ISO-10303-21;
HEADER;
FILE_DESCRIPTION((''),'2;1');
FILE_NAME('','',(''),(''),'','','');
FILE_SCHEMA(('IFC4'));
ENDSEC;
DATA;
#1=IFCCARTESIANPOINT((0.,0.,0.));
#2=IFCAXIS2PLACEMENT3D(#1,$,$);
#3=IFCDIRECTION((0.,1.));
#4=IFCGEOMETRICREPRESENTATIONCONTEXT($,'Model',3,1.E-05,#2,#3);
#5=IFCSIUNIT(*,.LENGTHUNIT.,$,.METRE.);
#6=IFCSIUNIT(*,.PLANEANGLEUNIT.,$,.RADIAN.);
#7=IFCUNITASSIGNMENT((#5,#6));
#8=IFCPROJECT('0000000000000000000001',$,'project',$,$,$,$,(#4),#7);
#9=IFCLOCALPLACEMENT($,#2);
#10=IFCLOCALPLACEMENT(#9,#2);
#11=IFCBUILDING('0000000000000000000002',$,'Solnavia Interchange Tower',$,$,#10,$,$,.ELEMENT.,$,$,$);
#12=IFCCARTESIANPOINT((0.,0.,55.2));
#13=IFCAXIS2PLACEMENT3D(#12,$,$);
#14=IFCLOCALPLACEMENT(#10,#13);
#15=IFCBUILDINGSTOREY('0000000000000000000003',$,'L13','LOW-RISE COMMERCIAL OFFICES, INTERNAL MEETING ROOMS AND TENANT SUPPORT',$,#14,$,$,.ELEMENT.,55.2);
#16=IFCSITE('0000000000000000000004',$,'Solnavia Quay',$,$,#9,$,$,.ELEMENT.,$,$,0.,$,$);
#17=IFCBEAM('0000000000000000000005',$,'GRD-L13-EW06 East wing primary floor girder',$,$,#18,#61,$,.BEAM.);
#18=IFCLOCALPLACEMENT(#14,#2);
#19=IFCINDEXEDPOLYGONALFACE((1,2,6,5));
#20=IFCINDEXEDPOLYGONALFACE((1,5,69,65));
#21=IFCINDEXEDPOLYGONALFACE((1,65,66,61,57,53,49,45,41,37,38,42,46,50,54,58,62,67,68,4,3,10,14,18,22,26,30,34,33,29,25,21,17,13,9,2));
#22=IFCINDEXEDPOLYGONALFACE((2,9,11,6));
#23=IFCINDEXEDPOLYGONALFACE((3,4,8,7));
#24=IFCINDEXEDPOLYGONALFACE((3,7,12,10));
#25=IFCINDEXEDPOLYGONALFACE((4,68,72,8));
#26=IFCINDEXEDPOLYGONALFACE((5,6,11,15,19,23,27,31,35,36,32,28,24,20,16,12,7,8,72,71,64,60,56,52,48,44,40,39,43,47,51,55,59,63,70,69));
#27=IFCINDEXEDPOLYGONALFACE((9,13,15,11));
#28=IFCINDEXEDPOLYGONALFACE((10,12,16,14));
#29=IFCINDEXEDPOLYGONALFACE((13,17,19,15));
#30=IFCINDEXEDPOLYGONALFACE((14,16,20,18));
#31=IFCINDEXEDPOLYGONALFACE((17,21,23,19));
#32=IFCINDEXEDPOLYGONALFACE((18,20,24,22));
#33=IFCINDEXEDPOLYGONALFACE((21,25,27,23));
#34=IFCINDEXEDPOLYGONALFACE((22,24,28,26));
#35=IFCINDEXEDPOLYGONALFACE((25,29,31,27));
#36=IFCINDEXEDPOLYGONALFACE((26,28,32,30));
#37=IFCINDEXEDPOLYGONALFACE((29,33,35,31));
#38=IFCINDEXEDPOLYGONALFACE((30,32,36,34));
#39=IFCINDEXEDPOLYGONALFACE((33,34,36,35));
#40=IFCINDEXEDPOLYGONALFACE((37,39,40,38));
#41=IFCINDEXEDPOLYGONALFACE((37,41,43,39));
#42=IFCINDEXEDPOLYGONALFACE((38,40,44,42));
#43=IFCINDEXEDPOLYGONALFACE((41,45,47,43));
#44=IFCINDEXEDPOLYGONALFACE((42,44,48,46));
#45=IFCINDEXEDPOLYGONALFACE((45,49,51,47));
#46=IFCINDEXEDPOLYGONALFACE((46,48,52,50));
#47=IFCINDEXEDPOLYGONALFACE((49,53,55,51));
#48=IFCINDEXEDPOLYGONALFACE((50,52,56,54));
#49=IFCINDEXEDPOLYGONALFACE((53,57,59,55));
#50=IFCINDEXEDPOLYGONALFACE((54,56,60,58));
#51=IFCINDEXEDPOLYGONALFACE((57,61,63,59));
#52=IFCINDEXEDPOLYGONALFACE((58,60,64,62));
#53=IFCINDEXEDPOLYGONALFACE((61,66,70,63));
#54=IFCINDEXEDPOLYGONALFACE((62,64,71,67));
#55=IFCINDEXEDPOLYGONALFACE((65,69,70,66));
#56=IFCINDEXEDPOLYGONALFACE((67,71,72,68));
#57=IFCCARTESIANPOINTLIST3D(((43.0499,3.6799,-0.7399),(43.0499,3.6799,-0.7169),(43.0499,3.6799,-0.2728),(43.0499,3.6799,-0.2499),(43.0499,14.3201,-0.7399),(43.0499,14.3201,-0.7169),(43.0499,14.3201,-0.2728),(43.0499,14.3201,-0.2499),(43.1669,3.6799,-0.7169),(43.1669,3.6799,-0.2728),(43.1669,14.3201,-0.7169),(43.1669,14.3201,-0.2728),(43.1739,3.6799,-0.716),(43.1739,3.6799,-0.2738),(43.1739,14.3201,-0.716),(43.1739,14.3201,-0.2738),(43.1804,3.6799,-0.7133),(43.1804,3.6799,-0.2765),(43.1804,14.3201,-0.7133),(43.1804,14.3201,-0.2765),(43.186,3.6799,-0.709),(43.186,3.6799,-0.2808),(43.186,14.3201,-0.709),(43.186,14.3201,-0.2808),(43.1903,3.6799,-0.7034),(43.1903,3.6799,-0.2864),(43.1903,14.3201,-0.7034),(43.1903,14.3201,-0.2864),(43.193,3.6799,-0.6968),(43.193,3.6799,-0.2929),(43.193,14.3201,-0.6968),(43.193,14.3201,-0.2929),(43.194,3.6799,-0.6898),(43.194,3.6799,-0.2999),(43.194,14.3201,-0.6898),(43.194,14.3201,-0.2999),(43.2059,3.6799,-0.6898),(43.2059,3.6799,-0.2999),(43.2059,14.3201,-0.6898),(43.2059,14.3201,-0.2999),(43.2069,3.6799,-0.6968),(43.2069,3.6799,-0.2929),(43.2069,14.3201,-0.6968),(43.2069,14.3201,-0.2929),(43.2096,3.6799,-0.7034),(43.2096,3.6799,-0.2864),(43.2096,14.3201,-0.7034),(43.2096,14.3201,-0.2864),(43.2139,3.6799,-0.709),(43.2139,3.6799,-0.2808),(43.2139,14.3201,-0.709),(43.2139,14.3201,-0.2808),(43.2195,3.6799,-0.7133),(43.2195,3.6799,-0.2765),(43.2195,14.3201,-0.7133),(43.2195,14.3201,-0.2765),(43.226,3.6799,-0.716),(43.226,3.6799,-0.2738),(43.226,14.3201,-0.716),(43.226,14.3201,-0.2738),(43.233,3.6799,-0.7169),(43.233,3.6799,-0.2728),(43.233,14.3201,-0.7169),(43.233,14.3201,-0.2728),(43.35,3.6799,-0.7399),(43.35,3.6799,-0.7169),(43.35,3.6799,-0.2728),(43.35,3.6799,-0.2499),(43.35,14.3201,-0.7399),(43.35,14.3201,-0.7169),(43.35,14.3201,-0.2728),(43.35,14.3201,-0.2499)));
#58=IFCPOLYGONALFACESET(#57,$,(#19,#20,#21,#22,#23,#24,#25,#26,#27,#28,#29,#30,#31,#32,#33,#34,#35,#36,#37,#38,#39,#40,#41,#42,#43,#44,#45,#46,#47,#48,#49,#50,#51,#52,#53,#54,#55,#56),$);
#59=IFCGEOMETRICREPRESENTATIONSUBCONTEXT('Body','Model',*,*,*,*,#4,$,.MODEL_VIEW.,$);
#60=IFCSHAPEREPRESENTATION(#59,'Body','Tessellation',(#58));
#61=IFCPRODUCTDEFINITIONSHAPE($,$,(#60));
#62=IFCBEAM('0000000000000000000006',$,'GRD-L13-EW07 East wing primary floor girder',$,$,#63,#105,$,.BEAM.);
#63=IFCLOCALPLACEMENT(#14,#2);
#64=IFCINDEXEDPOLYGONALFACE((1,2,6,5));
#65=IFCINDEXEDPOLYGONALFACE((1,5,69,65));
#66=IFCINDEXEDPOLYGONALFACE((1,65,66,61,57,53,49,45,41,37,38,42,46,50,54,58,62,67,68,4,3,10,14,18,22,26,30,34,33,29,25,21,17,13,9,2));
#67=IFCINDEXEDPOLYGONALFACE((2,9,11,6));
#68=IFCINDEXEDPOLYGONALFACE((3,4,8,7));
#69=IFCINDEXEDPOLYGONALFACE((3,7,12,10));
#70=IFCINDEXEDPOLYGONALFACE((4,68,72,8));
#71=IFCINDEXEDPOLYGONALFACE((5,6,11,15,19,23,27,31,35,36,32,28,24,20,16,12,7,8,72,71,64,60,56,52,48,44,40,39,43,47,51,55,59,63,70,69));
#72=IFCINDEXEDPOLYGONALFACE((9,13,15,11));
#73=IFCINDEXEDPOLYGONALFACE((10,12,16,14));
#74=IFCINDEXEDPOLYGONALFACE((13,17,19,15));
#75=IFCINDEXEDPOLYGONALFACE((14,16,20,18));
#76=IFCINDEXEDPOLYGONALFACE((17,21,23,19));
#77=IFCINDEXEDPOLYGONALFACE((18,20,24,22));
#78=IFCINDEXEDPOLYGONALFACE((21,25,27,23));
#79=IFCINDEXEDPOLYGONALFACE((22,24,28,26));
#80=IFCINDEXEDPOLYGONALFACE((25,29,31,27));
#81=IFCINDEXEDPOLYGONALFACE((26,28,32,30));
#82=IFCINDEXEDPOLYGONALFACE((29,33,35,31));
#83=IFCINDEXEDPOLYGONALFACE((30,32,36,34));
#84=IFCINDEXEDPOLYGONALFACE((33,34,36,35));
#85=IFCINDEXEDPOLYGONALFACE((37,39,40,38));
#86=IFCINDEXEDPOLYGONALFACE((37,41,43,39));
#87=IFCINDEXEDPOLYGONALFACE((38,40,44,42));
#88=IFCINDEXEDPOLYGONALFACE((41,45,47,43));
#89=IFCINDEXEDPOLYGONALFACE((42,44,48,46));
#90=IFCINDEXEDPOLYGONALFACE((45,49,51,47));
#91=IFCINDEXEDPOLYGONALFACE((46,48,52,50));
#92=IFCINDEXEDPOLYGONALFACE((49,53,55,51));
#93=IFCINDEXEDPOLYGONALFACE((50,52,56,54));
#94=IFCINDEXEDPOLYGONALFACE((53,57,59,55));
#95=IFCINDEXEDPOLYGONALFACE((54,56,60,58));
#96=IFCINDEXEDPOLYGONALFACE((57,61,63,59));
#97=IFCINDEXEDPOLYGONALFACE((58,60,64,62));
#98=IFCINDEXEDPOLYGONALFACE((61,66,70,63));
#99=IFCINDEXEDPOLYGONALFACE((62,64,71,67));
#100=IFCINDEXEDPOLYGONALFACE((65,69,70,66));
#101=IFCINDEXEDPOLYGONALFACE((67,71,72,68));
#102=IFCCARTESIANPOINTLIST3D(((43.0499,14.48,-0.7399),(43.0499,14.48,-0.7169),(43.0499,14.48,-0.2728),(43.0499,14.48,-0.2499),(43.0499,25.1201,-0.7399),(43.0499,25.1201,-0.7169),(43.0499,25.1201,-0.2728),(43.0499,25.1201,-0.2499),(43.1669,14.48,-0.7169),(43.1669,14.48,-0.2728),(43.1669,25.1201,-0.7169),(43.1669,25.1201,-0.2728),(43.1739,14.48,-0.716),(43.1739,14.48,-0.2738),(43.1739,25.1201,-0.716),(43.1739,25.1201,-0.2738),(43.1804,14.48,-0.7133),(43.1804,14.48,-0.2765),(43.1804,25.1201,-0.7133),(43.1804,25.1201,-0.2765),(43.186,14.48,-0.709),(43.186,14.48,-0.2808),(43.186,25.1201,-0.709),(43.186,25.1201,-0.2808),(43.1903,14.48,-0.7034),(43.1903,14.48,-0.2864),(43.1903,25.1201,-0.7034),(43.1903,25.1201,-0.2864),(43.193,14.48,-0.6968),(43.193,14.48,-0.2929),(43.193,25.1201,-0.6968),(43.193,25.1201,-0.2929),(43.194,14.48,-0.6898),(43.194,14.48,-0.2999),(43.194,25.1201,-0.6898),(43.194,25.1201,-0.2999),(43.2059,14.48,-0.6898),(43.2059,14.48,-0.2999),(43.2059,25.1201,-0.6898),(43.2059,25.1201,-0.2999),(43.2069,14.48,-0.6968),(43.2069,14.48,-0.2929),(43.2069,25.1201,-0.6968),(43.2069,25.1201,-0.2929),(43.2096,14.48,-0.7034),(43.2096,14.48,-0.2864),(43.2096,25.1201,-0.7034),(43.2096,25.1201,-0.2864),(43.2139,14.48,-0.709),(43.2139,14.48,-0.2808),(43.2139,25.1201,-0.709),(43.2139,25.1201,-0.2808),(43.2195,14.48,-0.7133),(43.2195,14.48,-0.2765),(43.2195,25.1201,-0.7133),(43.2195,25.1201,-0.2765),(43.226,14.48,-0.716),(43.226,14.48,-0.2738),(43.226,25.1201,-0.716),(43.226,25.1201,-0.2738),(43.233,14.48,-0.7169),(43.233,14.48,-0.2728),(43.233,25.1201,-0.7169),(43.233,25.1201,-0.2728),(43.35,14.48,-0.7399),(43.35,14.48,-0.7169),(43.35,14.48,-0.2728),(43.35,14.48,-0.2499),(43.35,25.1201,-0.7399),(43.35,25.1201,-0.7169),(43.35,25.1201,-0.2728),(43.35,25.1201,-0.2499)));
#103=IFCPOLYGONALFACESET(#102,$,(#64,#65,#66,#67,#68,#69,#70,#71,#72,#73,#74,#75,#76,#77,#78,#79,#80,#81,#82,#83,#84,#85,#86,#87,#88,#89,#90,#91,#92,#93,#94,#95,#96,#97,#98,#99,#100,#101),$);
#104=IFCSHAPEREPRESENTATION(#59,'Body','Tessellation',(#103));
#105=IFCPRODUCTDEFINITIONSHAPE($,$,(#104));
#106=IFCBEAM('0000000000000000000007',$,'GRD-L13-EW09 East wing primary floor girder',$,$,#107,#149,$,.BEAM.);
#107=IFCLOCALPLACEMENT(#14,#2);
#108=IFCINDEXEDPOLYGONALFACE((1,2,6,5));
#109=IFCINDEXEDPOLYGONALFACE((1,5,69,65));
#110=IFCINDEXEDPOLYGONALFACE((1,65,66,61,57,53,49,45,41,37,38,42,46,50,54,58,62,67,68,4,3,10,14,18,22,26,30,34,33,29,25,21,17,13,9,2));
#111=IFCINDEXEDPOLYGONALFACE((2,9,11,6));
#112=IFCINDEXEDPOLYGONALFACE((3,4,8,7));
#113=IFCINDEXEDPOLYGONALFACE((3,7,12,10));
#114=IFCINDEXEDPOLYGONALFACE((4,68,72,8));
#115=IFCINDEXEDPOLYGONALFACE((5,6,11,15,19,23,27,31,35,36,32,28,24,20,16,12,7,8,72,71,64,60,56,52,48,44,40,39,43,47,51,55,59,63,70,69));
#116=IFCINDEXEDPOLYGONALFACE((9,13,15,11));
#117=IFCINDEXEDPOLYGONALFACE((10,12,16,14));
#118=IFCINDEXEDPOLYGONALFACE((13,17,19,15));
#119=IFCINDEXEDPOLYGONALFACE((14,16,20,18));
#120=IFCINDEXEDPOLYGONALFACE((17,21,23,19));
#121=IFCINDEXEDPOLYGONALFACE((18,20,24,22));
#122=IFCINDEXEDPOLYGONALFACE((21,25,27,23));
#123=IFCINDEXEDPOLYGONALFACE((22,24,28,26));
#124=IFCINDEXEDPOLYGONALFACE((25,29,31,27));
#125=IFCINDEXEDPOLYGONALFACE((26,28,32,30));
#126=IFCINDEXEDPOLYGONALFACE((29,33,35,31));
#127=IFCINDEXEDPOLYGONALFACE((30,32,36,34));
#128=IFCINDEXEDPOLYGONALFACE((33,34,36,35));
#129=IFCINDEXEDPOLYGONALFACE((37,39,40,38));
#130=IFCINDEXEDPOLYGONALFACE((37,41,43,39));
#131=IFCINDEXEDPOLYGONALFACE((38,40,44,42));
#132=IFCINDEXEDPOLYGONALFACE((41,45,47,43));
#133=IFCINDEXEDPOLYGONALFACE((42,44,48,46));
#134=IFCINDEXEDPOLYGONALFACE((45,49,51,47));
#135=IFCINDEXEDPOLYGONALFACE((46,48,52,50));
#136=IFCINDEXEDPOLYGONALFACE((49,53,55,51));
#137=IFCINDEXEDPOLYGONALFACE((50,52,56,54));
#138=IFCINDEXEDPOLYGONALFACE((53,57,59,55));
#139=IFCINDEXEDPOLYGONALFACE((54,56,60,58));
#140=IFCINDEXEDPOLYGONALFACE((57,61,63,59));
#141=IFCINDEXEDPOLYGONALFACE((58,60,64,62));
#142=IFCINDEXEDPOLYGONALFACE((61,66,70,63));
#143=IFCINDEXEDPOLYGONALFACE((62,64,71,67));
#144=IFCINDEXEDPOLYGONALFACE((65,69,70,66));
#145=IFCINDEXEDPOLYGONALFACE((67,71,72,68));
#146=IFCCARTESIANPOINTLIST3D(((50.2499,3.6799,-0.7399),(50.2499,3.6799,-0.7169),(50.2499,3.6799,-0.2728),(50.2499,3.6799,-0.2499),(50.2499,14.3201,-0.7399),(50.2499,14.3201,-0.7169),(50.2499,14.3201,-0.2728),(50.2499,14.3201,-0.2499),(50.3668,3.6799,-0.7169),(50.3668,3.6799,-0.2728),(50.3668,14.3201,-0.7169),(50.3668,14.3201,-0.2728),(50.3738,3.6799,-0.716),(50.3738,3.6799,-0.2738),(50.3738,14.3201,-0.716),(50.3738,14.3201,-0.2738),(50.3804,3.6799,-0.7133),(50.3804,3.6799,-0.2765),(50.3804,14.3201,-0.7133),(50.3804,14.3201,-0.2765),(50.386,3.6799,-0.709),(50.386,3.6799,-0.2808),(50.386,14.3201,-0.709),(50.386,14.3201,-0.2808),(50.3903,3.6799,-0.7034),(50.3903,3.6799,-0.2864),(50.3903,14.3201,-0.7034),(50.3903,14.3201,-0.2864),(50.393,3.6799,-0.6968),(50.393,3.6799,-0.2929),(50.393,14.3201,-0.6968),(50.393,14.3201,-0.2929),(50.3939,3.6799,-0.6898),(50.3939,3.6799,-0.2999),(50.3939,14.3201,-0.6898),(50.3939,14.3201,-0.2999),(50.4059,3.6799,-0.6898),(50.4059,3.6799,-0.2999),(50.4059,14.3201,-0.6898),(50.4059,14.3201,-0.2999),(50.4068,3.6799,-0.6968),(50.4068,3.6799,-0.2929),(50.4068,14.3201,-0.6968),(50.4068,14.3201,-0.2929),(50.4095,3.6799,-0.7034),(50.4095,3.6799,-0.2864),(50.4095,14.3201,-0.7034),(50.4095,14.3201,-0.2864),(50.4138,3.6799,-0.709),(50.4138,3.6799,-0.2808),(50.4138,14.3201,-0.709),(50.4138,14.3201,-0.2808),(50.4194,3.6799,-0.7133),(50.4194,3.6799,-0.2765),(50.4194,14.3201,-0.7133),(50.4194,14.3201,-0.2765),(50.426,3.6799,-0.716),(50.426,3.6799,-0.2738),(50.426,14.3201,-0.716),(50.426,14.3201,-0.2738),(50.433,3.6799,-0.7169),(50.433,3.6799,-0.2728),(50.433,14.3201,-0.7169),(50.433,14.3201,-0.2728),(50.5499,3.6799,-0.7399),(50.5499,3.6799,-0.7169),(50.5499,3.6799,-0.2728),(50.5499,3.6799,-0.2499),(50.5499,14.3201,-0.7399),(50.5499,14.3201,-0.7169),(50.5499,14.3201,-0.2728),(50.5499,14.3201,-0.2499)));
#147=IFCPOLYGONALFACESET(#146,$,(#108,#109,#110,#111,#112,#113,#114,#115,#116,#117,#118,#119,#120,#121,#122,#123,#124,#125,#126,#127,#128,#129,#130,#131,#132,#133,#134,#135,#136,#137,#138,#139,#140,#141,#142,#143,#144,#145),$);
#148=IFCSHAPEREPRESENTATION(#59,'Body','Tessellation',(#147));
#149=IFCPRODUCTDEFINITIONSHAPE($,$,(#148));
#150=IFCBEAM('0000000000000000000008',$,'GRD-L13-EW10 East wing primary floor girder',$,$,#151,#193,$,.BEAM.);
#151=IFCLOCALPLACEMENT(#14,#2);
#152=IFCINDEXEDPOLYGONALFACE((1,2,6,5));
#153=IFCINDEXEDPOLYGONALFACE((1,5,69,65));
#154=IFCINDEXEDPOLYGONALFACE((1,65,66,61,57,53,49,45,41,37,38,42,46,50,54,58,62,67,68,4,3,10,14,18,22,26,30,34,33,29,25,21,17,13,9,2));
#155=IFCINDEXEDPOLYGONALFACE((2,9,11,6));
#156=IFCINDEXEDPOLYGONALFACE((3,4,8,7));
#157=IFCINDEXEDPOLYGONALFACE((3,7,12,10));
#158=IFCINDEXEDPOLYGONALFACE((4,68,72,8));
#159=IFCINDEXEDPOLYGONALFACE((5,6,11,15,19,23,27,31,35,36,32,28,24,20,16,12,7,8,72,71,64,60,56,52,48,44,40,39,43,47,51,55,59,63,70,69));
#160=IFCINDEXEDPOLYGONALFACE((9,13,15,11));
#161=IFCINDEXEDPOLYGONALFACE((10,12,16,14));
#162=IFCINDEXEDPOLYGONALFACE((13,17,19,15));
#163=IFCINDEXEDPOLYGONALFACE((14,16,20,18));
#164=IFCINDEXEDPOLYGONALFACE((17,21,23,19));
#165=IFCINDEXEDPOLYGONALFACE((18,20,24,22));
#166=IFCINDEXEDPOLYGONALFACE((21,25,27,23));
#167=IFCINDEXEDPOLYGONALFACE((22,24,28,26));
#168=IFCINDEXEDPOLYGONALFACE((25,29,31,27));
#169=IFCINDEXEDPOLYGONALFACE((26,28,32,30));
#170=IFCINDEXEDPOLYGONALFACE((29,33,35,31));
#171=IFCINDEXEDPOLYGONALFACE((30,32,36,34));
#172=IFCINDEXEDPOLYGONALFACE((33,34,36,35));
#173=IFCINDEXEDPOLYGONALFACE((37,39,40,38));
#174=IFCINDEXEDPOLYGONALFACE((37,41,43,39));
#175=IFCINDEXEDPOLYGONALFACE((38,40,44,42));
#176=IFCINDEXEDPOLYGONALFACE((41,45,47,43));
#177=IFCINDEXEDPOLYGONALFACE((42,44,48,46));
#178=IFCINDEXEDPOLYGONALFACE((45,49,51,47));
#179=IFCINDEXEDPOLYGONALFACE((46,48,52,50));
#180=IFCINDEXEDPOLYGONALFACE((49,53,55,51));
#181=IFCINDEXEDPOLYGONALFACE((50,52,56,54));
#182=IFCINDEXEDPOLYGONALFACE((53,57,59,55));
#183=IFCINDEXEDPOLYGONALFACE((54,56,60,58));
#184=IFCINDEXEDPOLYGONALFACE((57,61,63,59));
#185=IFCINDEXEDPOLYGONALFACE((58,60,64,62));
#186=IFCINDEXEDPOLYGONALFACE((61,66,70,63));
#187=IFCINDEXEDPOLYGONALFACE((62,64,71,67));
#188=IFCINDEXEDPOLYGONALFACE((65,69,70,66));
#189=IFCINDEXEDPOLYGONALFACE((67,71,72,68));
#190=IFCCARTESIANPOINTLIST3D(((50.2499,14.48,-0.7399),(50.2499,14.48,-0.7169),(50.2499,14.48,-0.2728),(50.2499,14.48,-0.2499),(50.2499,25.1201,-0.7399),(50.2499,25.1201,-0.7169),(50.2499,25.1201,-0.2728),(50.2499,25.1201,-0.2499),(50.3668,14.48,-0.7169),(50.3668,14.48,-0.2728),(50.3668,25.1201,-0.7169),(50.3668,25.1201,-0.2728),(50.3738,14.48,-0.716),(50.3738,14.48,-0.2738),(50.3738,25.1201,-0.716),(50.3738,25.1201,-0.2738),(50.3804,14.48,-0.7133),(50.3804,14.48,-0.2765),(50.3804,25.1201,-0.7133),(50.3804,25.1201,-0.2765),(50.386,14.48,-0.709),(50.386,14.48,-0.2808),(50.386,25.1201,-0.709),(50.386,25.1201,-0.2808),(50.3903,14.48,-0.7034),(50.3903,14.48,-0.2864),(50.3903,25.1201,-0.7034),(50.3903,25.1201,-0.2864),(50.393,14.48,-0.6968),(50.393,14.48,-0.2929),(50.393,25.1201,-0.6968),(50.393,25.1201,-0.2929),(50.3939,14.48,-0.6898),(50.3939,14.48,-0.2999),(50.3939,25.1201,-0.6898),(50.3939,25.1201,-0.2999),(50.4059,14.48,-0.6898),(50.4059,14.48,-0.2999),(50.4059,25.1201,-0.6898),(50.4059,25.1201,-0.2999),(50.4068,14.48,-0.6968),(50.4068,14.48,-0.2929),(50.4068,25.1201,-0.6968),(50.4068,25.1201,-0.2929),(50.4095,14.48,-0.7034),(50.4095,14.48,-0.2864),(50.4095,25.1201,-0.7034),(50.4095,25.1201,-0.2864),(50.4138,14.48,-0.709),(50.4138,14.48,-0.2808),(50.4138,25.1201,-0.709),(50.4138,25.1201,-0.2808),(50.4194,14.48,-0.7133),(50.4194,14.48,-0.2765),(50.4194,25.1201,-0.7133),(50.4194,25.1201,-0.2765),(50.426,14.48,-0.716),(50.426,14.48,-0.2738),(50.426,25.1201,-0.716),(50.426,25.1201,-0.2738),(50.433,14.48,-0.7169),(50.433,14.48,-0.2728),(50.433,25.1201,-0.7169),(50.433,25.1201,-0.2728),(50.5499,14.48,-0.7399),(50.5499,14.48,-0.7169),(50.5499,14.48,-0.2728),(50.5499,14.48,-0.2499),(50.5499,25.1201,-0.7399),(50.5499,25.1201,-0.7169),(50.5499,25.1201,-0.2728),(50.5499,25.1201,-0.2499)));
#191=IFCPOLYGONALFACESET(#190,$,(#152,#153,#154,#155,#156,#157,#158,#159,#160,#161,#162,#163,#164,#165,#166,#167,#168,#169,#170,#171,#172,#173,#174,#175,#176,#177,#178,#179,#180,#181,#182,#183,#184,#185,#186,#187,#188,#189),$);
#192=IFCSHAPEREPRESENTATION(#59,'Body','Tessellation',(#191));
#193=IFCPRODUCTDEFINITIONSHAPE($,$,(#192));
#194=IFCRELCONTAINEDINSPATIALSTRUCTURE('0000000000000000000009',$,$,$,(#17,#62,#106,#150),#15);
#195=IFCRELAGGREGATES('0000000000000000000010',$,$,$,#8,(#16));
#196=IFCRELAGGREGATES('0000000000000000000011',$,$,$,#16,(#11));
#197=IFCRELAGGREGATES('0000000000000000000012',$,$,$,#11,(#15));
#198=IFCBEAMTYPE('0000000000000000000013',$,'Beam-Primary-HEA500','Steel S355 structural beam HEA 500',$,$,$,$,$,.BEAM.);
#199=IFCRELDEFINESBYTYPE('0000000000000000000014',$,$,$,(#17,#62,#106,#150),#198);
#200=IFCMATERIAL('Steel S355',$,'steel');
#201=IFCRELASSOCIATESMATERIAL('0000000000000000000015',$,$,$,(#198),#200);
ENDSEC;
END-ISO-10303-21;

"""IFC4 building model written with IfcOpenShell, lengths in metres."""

from ifc_helpers import new_model, si_unit, direction, frame, origin, origin_2d, place, context, subcontext, project, spatial, i_section, extrude, material, material_profile, profile_set, type_object, element, save


model = new_model("IFC4")

# Units and contexts
model_context = context("Model", 3, precision=1e-05, world=origin(), true_north=direction((0.0, 1.0)))
body_context = subcontext(model_context, "Body", "Model", "MODEL_VIEW")
ifc_project = project(units=[si_unit("LENGTHUNIT", "METRE"), si_unit("PLANEANGLEUNIT", "RADIAN")], contexts=[model_context])

# Site, building, storey
site_placement = place(None, origin())
site = spatial("IfcSite", under=ifc_project, at=site_placement, Name="Solnavia Quay", CompositionType="ELEMENT", RefElevation=0.0)
building_placement = place(site_placement, origin())
building = spatial("IfcBuilding", under=site, at=building_placement, Name="Solnavia Interchange Tower", CompositionType="ELEMENT")
storey_placement = place(building_placement, frame((0.0, 0.0, 55.2)))
storey = spatial("IfcBuildingStorey", under=building, at=storey_placement, Name="L13", Description="LOW-RISE COMMERCIAL OFFICES, INTERNAL MEETING ROOMS AND TENANT SUPPORT", CompositionType="ELEMENT", Elevation=55.2)

# Shared definitions
ifc_material_1 = material(Name="Steel S355", Category="steel")

# Beams
ifc_material_profile_1 = material_profile(ifc_material_1, i_section(OverallWidth=0.3, OverallDepth=0.49, WebThickness=0.012, FlangeThickness=0.0229, FilletRadius=0.0271, at=origin_2d()), Name="HEA 500")
ifc_profile_set_1 = profile_set([ifc_material_profile_1], Name="Steel S355")
beam_type_1 = type_object("IfcBeamType", Name="Beam-Primary-HEA500", Description="Steel S355 structural beam HEA 500", PredefinedType="BEAM", material=ifc_profile_set_1)
for number, where, z_axis, x_axis, name in (
    (1, (43.2, 3.6799, -0.4949), (0.0, 1.0, 0.0), (-1.0, 0.0, 0.0), "GRD-L13-EW06 East wing primary floor girder"),
    (2, (43.2, 14.48, -0.4949), (0.0, 1.0, 0.0), (-1.0, 0.0, 0.0), "GRD-L13-EW07 East wing primary floor girder"),
    (3, (50.3999, 3.6799, -0.4949), (0.0, 1.0, 0.0), (-1.0, 0.0, 0.0), "GRD-L13-EW09 East wing primary floor girder"),
    (4, (50.3999, 14.48, -0.4949), (0.0, 1.0, 0.0), (-1.0, 0.0, 0.0), "GRD-L13-EW10 East wing primary floor girder"),
):
    element("IfcBeam", number, at=place(storey_placement, frame(where, z_axis=z_axis, x_axis=x_axis)), inside=storey, type_object=beam_type_1, Name=name, PredefinedType="BEAM", context=body_context, shape_type="SweptSolid", body=[
        extrude(i_section(OverallWidth=0.3, OverallDepth=0.49, WebThickness=0.012, FlangeThickness=0.0229, FilletRadius=0.0271, at=origin_2d()), origin(), (0.0, 0.0, 1.0), 10.6401),
    ])

save(model, "model.ifc")
